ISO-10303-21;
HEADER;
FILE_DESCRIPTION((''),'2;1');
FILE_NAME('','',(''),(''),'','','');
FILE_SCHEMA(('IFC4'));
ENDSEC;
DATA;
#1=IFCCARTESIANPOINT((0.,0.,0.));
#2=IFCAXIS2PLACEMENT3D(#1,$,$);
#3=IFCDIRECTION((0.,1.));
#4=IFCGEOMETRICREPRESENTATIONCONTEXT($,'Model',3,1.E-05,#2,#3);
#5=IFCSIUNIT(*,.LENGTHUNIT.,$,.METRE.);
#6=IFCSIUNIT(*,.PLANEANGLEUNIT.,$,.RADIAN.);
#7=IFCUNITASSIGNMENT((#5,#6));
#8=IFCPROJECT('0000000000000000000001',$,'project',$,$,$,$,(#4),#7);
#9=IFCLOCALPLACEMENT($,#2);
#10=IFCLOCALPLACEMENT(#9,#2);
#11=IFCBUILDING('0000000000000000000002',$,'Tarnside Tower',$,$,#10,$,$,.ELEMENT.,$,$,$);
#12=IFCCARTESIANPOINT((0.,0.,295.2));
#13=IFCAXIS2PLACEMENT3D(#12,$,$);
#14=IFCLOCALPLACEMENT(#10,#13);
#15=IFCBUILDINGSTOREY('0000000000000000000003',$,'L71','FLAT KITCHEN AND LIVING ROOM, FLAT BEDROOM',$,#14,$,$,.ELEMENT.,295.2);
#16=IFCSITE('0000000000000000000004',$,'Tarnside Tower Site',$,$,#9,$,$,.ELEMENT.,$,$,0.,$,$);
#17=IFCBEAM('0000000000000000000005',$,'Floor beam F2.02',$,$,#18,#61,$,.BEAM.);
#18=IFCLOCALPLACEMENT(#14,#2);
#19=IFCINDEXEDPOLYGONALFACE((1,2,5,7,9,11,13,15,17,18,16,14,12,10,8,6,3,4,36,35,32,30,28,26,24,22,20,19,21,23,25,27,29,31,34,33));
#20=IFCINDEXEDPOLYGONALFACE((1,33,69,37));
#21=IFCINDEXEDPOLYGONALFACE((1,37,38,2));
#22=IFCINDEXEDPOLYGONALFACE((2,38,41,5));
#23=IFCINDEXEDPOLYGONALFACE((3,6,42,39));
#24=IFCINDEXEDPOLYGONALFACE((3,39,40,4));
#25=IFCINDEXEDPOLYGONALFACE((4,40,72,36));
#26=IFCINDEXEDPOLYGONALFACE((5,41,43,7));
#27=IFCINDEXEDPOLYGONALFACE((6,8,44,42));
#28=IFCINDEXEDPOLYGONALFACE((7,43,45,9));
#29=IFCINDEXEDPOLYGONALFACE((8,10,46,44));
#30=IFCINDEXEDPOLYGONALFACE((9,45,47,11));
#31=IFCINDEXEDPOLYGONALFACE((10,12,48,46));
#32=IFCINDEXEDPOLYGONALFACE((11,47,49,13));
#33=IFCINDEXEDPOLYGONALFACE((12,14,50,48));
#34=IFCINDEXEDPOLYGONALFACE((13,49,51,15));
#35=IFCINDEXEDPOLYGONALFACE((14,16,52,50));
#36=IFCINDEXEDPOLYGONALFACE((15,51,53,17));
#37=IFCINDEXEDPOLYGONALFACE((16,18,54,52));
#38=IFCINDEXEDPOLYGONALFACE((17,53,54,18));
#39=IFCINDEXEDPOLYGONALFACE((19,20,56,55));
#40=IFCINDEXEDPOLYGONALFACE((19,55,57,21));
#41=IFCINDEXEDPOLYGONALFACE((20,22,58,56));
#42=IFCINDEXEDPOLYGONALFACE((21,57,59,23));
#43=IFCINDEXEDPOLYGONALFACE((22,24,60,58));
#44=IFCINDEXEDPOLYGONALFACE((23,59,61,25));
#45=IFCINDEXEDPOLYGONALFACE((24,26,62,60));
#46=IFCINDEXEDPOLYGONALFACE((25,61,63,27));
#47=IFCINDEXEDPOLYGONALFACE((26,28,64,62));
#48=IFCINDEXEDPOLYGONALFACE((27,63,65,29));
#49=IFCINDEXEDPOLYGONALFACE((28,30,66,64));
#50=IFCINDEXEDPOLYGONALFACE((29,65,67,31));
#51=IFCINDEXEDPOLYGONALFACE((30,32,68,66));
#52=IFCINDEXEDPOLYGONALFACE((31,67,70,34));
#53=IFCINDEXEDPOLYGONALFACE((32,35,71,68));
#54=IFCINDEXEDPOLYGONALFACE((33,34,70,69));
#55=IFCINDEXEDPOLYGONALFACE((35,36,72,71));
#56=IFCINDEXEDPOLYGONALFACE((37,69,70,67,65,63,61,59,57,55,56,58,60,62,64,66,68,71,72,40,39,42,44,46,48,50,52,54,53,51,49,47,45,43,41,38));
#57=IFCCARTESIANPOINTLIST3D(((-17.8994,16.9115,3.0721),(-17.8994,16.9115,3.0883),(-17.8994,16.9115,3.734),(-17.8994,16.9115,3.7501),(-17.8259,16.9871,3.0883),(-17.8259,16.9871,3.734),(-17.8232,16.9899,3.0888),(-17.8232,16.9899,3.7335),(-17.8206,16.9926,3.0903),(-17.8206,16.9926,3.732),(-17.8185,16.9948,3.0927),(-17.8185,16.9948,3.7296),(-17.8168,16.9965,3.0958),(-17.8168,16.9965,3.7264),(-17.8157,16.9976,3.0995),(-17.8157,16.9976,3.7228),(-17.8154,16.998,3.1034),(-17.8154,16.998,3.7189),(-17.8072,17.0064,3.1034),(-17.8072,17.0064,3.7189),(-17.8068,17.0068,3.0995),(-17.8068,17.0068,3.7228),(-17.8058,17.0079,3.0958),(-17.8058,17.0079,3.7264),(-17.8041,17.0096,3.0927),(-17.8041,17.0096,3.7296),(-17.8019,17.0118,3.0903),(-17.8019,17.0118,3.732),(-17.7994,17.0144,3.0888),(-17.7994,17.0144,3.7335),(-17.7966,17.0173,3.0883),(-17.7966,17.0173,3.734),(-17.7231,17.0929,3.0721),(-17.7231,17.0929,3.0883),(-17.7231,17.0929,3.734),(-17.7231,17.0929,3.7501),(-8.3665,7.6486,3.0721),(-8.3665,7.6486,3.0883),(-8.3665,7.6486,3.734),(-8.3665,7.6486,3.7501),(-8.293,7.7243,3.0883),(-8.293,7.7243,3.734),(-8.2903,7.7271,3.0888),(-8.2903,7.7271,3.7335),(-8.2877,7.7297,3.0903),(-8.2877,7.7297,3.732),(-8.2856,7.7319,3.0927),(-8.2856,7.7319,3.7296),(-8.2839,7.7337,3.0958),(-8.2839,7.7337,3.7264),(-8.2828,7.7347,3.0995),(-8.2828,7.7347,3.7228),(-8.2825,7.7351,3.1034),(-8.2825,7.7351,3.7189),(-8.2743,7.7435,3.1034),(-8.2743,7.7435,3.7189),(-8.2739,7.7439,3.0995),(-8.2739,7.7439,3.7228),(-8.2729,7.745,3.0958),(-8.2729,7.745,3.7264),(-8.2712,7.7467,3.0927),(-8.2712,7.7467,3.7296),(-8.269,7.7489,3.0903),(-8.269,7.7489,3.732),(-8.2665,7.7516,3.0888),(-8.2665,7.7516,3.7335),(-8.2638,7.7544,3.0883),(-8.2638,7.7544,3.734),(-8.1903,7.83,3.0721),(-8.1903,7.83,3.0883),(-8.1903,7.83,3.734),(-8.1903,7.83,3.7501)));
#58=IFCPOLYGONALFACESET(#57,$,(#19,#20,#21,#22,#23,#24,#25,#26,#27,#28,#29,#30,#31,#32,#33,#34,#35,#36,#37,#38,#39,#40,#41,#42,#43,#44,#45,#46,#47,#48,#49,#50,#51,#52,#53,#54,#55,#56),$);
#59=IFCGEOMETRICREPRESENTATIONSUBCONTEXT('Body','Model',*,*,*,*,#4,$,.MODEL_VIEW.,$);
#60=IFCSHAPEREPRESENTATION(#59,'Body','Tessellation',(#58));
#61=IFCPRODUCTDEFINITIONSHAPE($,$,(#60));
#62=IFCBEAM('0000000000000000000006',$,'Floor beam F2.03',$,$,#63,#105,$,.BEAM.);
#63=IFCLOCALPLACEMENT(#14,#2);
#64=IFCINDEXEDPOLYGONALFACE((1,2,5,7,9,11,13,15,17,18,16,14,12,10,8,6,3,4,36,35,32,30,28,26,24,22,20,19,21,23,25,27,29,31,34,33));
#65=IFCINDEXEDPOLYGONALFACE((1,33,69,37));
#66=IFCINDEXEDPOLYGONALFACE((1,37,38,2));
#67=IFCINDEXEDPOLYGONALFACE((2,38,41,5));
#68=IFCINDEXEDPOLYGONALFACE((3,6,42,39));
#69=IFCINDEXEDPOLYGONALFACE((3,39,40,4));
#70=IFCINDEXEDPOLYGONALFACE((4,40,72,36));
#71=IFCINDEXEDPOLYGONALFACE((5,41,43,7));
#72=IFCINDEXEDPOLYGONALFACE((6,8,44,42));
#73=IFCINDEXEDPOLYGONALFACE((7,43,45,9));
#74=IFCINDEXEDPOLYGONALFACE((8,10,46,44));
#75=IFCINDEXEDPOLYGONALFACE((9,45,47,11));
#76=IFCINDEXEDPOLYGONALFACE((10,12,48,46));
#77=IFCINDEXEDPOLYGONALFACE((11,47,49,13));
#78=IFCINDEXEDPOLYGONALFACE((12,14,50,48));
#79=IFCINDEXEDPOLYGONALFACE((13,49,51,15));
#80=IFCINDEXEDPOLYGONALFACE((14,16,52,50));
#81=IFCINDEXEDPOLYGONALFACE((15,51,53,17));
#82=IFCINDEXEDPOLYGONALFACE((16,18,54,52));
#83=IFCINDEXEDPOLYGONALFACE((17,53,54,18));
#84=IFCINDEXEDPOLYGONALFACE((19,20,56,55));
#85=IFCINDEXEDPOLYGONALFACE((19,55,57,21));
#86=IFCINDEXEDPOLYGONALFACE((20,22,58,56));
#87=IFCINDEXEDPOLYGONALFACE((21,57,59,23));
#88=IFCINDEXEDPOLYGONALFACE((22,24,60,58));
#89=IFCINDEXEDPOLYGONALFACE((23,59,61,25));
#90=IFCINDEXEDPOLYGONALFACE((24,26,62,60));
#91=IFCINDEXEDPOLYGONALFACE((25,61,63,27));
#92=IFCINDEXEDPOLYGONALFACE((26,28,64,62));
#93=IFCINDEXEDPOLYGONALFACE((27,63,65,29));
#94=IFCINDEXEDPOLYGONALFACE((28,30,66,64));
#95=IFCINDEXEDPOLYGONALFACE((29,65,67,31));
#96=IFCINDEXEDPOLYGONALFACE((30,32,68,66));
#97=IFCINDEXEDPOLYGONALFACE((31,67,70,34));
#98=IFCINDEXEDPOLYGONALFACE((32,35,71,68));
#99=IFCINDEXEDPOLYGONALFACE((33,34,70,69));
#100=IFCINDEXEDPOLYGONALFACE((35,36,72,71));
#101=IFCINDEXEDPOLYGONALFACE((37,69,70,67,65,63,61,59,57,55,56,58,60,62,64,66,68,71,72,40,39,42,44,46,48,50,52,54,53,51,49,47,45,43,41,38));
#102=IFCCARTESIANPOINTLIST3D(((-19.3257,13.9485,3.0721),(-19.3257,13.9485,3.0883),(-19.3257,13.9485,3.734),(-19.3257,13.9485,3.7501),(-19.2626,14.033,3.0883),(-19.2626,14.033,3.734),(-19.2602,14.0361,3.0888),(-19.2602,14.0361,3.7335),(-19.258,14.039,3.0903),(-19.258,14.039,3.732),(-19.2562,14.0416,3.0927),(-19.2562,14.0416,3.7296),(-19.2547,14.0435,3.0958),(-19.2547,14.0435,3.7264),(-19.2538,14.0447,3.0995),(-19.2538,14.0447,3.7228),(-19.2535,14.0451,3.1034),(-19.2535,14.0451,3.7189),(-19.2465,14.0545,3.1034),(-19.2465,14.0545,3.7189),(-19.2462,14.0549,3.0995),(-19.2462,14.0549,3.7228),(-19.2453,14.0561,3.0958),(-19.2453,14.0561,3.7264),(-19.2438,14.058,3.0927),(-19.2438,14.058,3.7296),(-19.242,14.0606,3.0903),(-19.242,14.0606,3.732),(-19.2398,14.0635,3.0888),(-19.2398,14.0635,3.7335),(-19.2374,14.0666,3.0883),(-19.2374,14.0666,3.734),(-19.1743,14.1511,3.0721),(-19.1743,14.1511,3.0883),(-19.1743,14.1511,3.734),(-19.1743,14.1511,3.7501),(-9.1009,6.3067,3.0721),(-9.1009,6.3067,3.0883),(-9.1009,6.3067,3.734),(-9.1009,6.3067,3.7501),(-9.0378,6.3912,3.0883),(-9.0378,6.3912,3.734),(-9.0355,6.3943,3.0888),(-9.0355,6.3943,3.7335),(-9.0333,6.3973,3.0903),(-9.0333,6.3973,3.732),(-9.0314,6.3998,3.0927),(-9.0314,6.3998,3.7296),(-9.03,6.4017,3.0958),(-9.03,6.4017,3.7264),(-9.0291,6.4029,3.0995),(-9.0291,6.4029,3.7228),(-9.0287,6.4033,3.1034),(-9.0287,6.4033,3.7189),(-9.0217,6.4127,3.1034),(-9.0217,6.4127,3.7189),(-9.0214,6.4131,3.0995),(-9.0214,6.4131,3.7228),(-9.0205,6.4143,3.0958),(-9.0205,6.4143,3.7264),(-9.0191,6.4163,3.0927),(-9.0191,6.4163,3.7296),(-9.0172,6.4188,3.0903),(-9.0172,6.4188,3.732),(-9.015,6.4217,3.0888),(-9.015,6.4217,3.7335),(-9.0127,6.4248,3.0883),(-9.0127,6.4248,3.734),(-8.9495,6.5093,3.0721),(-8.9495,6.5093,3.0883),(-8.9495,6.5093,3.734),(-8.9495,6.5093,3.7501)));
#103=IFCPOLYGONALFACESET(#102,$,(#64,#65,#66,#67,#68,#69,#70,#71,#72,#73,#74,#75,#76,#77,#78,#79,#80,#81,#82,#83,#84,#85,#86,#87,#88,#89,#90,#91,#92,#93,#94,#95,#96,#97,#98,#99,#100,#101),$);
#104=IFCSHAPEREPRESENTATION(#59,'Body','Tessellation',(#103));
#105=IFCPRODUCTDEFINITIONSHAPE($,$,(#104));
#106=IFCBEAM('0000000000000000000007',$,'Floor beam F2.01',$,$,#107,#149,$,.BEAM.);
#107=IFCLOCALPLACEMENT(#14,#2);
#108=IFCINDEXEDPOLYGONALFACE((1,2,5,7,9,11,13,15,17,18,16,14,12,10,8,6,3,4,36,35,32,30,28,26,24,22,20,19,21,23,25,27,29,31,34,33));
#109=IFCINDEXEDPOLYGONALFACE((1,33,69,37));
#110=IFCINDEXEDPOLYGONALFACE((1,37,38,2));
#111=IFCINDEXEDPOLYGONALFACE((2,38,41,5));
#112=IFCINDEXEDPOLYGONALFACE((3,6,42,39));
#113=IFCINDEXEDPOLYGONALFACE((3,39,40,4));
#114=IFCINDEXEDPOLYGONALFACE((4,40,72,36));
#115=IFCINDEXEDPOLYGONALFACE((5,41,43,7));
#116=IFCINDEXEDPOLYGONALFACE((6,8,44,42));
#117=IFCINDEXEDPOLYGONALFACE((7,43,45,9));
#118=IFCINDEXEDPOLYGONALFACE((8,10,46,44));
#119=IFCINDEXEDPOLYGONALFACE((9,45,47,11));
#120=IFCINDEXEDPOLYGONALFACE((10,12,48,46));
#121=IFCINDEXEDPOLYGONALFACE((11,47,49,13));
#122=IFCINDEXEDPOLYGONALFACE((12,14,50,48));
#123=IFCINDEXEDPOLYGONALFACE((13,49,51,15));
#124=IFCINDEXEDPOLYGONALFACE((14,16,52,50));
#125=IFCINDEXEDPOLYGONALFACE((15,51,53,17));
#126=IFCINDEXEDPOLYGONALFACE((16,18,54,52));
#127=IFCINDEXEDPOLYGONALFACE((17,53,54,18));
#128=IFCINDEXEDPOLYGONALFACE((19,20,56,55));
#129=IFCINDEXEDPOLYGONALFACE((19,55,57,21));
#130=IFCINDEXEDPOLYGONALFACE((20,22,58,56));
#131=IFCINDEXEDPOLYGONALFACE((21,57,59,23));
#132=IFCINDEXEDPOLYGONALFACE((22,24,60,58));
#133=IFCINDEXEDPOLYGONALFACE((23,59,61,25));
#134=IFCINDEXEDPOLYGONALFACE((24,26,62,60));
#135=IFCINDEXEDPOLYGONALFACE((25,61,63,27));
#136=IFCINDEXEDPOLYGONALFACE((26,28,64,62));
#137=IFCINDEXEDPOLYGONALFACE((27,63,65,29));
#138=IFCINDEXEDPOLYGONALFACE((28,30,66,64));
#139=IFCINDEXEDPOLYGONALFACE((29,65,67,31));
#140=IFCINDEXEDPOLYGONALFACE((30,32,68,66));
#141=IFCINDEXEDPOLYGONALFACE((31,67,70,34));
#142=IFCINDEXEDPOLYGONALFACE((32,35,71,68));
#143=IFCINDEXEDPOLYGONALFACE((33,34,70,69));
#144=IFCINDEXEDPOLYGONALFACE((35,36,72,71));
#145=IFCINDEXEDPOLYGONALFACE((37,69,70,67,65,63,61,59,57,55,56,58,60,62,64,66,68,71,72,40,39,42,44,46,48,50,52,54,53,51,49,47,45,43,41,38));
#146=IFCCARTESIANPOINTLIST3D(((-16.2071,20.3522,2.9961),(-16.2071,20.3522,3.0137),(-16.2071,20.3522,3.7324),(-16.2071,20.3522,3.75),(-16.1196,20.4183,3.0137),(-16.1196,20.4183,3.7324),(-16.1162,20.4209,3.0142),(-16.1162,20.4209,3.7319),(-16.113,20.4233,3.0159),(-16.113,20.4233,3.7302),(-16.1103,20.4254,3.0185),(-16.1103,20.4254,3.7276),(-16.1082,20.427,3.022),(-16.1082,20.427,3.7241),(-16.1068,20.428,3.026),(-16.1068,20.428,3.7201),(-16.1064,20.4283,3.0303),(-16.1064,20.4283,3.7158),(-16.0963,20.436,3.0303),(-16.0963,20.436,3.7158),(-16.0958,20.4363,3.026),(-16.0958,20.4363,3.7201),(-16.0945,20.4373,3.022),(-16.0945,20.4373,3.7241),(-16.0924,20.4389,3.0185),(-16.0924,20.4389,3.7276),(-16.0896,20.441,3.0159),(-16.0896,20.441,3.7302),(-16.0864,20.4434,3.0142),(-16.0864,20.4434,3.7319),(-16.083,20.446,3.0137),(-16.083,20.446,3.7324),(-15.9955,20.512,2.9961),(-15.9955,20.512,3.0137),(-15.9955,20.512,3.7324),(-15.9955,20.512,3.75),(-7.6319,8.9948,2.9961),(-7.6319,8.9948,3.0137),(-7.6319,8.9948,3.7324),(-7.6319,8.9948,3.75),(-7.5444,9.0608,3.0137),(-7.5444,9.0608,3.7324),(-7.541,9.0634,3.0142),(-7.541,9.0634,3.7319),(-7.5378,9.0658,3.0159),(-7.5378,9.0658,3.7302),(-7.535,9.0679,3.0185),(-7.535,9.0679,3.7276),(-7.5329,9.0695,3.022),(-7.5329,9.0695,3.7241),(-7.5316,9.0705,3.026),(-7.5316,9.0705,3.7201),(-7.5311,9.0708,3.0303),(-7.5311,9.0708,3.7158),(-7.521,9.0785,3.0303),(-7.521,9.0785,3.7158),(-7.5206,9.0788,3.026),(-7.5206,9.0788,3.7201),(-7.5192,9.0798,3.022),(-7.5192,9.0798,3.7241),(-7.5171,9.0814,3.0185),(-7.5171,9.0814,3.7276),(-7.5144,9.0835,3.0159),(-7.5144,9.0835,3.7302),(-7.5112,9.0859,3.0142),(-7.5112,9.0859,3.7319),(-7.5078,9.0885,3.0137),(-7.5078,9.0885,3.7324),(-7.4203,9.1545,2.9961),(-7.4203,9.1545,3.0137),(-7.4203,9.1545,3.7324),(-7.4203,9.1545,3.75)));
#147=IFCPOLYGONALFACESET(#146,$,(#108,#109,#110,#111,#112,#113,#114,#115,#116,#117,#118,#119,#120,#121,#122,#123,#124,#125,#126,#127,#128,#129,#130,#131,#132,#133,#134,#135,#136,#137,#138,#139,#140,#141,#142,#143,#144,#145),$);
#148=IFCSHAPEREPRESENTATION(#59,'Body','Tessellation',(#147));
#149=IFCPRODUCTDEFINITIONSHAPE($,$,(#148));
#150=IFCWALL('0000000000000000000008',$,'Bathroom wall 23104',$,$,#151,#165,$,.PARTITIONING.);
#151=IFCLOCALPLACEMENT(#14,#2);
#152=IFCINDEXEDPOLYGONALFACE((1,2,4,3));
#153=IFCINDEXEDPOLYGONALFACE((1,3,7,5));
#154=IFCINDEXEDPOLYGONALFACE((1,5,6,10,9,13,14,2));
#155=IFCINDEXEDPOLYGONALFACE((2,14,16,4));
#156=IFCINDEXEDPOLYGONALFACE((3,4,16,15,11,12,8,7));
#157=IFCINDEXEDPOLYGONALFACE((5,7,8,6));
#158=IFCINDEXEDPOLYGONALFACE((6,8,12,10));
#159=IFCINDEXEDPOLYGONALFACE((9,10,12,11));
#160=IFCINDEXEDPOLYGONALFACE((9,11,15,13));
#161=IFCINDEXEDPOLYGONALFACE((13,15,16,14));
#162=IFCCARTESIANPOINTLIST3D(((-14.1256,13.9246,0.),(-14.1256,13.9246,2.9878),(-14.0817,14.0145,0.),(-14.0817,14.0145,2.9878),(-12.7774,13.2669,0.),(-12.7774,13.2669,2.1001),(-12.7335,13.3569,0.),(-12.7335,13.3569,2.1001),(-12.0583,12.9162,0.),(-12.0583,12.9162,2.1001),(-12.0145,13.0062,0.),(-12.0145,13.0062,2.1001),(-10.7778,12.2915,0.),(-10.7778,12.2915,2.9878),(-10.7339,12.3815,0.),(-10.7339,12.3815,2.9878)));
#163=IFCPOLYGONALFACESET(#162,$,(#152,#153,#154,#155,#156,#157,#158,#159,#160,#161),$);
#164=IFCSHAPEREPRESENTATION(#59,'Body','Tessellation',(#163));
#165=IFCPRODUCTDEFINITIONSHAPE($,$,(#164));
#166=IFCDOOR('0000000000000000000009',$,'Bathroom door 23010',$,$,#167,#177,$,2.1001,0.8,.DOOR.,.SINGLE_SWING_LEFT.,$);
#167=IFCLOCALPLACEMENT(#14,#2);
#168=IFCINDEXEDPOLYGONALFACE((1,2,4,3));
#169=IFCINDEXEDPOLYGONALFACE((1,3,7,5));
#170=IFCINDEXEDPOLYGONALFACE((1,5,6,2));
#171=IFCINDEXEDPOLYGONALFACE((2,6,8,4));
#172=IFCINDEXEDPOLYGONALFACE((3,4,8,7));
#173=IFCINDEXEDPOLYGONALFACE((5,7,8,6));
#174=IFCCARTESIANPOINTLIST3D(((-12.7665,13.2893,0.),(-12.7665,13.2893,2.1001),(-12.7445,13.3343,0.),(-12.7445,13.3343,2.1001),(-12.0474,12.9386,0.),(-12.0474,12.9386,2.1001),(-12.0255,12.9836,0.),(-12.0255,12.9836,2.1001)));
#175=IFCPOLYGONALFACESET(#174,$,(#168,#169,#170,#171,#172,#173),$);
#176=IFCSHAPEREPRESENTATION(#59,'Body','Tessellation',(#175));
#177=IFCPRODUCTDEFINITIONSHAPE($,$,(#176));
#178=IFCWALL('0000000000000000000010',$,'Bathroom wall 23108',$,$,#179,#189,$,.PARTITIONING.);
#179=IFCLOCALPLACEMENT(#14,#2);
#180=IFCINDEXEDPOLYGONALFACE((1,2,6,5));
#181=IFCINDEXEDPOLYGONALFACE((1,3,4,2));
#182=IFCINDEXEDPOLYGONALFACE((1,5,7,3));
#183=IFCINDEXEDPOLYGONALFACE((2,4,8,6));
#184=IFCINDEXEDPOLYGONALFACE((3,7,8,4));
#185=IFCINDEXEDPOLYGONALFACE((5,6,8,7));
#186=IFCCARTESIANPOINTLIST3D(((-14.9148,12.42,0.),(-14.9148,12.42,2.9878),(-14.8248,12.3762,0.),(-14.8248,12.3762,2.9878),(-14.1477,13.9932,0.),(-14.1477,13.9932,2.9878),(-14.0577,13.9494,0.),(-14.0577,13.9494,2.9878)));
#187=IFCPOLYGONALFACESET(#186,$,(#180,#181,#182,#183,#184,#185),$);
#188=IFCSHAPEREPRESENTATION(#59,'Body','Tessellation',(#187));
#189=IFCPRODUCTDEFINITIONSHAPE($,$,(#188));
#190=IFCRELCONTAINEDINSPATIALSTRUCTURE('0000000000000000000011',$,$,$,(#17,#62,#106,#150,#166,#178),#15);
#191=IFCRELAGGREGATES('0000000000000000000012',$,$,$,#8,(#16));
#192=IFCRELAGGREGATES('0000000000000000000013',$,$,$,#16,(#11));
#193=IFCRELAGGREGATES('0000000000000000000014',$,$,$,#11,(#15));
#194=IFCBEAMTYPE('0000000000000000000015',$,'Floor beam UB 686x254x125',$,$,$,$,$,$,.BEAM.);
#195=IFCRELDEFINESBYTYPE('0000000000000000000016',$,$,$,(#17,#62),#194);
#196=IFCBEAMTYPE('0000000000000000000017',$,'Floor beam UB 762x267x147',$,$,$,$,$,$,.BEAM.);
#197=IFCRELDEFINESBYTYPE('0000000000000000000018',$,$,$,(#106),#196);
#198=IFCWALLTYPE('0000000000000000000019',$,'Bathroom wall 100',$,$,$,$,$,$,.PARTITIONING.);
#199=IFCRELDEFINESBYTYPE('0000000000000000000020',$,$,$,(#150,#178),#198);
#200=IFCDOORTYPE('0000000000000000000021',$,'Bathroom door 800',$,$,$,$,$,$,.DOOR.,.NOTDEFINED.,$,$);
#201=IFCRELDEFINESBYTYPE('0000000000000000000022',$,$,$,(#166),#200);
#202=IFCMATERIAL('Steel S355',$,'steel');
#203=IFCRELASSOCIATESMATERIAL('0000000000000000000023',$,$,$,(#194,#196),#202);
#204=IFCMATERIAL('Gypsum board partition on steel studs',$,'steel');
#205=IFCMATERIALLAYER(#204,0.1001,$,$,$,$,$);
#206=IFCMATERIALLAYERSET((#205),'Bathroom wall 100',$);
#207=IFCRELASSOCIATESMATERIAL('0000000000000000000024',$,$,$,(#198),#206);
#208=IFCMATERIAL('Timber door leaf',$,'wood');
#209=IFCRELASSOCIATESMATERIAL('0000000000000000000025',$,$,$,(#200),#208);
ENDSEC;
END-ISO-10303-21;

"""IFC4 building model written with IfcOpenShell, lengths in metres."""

from ifc_helpers import new_model, si_unit, direction, frame, frame_2d, origin, origin_2d, place, context, subcontext, project, spatial, rectangle, i_section, extrude, material, layer, layer_set, material_profile, profile_set, type_object, element, fill, save


model = new_model("IFC4")

# Units and contexts
model_context = context("Model", 3, precision=1e-05, world=origin(), true_north=direction((0.0, 1.0)))
body_context = subcontext(model_context, "Body", "Model", "MODEL_VIEW")
ifc_project = project(units=[si_unit("LENGTHUNIT", "METRE"), si_unit("PLANEANGLEUNIT", "RADIAN")], contexts=[model_context])

# Site, building, storey
site_placement = place(None, origin())
site = spatial("IfcSite", under=ifc_project, at=site_placement, Name="Tarnside Tower Site", CompositionType="ELEMENT", RefElevation=0.0)
building_placement = place(site_placement, origin())
building = spatial("IfcBuilding", under=site, at=building_placement, Name="Tarnside Tower", CompositionType="ELEMENT")
storey_placement = place(building_placement, frame((0.0, 0.0, 295.2)))
storey = spatial("IfcBuildingStorey", under=building, at=storey_placement, Name="L71", Description="FLAT KITCHEN AND LIVING ROOM, FLAT BEDROOM", CompositionType="ELEMENT", Elevation=295.2)

# Beams
ifc_material_1 = material(Name="Steel S355", Category="steel")
ifc_material_profile_1 = material_profile(ifc_material_1, i_section(OverallWidth=0.2529, OverallDepth=0.678, WebThickness=0.0117, FlangeThickness=0.0161, FilletRadius=0.0151, at=origin_2d()), Name="UB 686x254x125")
ifc_profile_set_1 = profile_set([ifc_material_profile_1], Name="Steel S355")
beam_type_1 = type_object("IfcBeamType", Name="Floor beam UB 686x254x125", PredefinedType="BEAM", material=ifc_profile_set_1)
beam_1_placement = place(storey_placement, frame((-17.8113, 17.0022, 3.4111), z_axis=(0.717191, -0.696877, 0.0), x_axis=(0.696877, 0.717191, 0.0)))
element("IfcBeam", 1, at=beam_1_placement, inside=storey, type_object=beam_type_1, Name="Floor beam F2.02", PredefinedType="BEAM", context=body_context, shape_type="SweptSolid", body=[
    extrude(i_section(OverallWidth=0.2529, OverallDepth=0.678, WebThickness=0.0117, FlangeThickness=0.0161, FilletRadius=0.0151, at=origin_2d()), origin(), (0.0, 0.0, 1.0), 13.292),
])
beam_2_placement = place(storey_placement, frame((-19.25, 14.0498, 3.4111), z_axis=(0.801006, -0.598656, 0.0), x_axis=(0.598656, 0.801006, 0.0)))
element("IfcBeam", 2, at=beam_2_placement, inside=storey, type_object=beam_type_1, Name="Floor beam F2.03", PredefinedType="BEAM", context=body_context, shape_type="SweptSolid", body=[
    extrude(i_section(OverallWidth=0.2529, OverallDepth=0.678, WebThickness=0.0117, FlangeThickness=0.0161, FilletRadius=0.0151, at=origin_2d()), origin(), (0.0, 0.0, 1.0), 12.7649),
])
ifc_material_profile_2 = material_profile(ifc_material_1, i_section(OverallWidth=0.2651, OverallDepth=0.7539, WebThickness=0.0127, FlangeThickness=0.0176, FilletRadius=0.0166, at=origin_2d()), Name="UB 762x267x147")
ifc_profile_set_2 = profile_set([ifc_material_profile_2], Name="Steel S355")
beam_type_2 = type_object("IfcBeamType", Name="Floor beam UB 762x267x147", PredefinedType="BEAM", material=ifc_profile_set_2)
beam_3_placement = place(storey_placement, frame((-16.1013, 20.4321, 3.373), z_axis=(0.602566, -0.798069, 0.0), x_axis=(0.798069, 0.602566, 0.0)))
element("IfcBeam", 3, at=beam_3_placement, inside=storey, type_object=beam_type_2, Name="Floor beam F2.01", PredefinedType="BEAM", context=body_context, shape_type="SweptSolid", body=[
    extrude(i_section(OverallWidth=0.2651, OverallDepth=0.7539, WebThickness=0.0127, FlangeThickness=0.0176, FilletRadius=0.0166, at=origin_2d()), origin(), (0.0, 0.0, 1.0), 14.2312),
])

# Wall, opening, door
ifc_material_2 = material(Name="Gypsum board partition on steel studs", Category="steel")
ifc_layer_1 = layer(ifc_material_2, 0.1001)
ifc_layer_set_1 = layer_set([ifc_layer_1], Name="Bathroom wall 100")
wall_type_1 = type_object("IfcWallType", Name="Bathroom wall 100", PredefinedType="PARTITIONING", material=ifc_layer_set_1)
wall_1_placement = place(storey_placement, frame((-14.1035, 13.9695, 0.0), z_axis=(0.0, 0.0, 1.0), x_axis=(0.898775, -0.438409, 0.0)))
wall_1 = element("IfcWall", 4, at=wall_1_placement, inside=storey, type_object=wall_type_1, Name="Bathroom wall 23104", PredefinedType="PARTITIONING", context=body_context, shape_type="SweptSolid", body=[
    extrude(rectangle(XDim=3.7249, YDim=0.1001, at=frame_2d((1.8623, 0.0))), origin(), (0.0, 0.0, 1.0), 2.9878),
])
opening_1_placement = place(wall_1_placement, frame((1.5, 0.0, 0.0)))
opening_1 = element("IfcOpeningElement", 5, at=opening_1_placement, cuts=wall_1, PredefinedType="OPENING", context=body_context, shape_type="SweptSolid", body=[
    extrude(rectangle(XDim=0.8, YDim=2.1001, at=frame_2d((0.3999, 1.05))), frame((0.0, 0.0601, 0.0), z_axis=(0.0, -1.0, 0.0), x_axis=(1.0, 0.0, 0.0)), (0.0, 0.0, 1.0), 0.1201),
])
ifc_material_3 = material(Name="Timber door leaf", Category="wood")
door_type_1 = type_object("IfcDoorType", Name="Bathroom door 800", OperationType="NOTDEFINED", PredefinedType="DOOR", material=ifc_material_3)
door_1_placement = place(opening_1_placement, origin())
door_1 = element("IfcDoor", 6, at=door_1_placement, inside=storey, type_object=door_type_1, Name="Bathroom door 23010", OperationType="SINGLE_SWING_LEFT", OverallHeight=2.1001, OverallWidth=0.8, PredefinedType="DOOR", context=body_context, shape_type="SweptSolid", body=[
    extrude(rectangle(XDim=0.8, YDim=2.1001, at=frame_2d((0.3999, 1.05))), frame((0.0, 0.0249, 0.0), z_axis=(0.0, -1.0, 0.0), x_axis=(1.0, 0.0, 0.0)), (0.0, 0.0, 1.0), 0.05),
])
fill(opening_1, door_1)

# Wall
wall_2_placement = place(storey_placement, frame((-14.1028, 13.9712, 0.0), z_axis=(0.0, 0.0, 1.0), x_axis=(-0.438264, -0.898846, 0.0)))
element("IfcWall", 7, at=wall_2_placement, inside=storey, type_object=wall_type_1, Name="Bathroom wall 23108", PredefinedType="PARTITIONING", context=body_context, shape_type="SweptSolid", body=[
    extrude(rectangle(XDim=1.7502, YDim=0.1001, at=frame_2d((0.875, 0.0))), origin(), (0.0, 0.0, 1.0), 2.9878),
])

save(model, "model.ifc")
